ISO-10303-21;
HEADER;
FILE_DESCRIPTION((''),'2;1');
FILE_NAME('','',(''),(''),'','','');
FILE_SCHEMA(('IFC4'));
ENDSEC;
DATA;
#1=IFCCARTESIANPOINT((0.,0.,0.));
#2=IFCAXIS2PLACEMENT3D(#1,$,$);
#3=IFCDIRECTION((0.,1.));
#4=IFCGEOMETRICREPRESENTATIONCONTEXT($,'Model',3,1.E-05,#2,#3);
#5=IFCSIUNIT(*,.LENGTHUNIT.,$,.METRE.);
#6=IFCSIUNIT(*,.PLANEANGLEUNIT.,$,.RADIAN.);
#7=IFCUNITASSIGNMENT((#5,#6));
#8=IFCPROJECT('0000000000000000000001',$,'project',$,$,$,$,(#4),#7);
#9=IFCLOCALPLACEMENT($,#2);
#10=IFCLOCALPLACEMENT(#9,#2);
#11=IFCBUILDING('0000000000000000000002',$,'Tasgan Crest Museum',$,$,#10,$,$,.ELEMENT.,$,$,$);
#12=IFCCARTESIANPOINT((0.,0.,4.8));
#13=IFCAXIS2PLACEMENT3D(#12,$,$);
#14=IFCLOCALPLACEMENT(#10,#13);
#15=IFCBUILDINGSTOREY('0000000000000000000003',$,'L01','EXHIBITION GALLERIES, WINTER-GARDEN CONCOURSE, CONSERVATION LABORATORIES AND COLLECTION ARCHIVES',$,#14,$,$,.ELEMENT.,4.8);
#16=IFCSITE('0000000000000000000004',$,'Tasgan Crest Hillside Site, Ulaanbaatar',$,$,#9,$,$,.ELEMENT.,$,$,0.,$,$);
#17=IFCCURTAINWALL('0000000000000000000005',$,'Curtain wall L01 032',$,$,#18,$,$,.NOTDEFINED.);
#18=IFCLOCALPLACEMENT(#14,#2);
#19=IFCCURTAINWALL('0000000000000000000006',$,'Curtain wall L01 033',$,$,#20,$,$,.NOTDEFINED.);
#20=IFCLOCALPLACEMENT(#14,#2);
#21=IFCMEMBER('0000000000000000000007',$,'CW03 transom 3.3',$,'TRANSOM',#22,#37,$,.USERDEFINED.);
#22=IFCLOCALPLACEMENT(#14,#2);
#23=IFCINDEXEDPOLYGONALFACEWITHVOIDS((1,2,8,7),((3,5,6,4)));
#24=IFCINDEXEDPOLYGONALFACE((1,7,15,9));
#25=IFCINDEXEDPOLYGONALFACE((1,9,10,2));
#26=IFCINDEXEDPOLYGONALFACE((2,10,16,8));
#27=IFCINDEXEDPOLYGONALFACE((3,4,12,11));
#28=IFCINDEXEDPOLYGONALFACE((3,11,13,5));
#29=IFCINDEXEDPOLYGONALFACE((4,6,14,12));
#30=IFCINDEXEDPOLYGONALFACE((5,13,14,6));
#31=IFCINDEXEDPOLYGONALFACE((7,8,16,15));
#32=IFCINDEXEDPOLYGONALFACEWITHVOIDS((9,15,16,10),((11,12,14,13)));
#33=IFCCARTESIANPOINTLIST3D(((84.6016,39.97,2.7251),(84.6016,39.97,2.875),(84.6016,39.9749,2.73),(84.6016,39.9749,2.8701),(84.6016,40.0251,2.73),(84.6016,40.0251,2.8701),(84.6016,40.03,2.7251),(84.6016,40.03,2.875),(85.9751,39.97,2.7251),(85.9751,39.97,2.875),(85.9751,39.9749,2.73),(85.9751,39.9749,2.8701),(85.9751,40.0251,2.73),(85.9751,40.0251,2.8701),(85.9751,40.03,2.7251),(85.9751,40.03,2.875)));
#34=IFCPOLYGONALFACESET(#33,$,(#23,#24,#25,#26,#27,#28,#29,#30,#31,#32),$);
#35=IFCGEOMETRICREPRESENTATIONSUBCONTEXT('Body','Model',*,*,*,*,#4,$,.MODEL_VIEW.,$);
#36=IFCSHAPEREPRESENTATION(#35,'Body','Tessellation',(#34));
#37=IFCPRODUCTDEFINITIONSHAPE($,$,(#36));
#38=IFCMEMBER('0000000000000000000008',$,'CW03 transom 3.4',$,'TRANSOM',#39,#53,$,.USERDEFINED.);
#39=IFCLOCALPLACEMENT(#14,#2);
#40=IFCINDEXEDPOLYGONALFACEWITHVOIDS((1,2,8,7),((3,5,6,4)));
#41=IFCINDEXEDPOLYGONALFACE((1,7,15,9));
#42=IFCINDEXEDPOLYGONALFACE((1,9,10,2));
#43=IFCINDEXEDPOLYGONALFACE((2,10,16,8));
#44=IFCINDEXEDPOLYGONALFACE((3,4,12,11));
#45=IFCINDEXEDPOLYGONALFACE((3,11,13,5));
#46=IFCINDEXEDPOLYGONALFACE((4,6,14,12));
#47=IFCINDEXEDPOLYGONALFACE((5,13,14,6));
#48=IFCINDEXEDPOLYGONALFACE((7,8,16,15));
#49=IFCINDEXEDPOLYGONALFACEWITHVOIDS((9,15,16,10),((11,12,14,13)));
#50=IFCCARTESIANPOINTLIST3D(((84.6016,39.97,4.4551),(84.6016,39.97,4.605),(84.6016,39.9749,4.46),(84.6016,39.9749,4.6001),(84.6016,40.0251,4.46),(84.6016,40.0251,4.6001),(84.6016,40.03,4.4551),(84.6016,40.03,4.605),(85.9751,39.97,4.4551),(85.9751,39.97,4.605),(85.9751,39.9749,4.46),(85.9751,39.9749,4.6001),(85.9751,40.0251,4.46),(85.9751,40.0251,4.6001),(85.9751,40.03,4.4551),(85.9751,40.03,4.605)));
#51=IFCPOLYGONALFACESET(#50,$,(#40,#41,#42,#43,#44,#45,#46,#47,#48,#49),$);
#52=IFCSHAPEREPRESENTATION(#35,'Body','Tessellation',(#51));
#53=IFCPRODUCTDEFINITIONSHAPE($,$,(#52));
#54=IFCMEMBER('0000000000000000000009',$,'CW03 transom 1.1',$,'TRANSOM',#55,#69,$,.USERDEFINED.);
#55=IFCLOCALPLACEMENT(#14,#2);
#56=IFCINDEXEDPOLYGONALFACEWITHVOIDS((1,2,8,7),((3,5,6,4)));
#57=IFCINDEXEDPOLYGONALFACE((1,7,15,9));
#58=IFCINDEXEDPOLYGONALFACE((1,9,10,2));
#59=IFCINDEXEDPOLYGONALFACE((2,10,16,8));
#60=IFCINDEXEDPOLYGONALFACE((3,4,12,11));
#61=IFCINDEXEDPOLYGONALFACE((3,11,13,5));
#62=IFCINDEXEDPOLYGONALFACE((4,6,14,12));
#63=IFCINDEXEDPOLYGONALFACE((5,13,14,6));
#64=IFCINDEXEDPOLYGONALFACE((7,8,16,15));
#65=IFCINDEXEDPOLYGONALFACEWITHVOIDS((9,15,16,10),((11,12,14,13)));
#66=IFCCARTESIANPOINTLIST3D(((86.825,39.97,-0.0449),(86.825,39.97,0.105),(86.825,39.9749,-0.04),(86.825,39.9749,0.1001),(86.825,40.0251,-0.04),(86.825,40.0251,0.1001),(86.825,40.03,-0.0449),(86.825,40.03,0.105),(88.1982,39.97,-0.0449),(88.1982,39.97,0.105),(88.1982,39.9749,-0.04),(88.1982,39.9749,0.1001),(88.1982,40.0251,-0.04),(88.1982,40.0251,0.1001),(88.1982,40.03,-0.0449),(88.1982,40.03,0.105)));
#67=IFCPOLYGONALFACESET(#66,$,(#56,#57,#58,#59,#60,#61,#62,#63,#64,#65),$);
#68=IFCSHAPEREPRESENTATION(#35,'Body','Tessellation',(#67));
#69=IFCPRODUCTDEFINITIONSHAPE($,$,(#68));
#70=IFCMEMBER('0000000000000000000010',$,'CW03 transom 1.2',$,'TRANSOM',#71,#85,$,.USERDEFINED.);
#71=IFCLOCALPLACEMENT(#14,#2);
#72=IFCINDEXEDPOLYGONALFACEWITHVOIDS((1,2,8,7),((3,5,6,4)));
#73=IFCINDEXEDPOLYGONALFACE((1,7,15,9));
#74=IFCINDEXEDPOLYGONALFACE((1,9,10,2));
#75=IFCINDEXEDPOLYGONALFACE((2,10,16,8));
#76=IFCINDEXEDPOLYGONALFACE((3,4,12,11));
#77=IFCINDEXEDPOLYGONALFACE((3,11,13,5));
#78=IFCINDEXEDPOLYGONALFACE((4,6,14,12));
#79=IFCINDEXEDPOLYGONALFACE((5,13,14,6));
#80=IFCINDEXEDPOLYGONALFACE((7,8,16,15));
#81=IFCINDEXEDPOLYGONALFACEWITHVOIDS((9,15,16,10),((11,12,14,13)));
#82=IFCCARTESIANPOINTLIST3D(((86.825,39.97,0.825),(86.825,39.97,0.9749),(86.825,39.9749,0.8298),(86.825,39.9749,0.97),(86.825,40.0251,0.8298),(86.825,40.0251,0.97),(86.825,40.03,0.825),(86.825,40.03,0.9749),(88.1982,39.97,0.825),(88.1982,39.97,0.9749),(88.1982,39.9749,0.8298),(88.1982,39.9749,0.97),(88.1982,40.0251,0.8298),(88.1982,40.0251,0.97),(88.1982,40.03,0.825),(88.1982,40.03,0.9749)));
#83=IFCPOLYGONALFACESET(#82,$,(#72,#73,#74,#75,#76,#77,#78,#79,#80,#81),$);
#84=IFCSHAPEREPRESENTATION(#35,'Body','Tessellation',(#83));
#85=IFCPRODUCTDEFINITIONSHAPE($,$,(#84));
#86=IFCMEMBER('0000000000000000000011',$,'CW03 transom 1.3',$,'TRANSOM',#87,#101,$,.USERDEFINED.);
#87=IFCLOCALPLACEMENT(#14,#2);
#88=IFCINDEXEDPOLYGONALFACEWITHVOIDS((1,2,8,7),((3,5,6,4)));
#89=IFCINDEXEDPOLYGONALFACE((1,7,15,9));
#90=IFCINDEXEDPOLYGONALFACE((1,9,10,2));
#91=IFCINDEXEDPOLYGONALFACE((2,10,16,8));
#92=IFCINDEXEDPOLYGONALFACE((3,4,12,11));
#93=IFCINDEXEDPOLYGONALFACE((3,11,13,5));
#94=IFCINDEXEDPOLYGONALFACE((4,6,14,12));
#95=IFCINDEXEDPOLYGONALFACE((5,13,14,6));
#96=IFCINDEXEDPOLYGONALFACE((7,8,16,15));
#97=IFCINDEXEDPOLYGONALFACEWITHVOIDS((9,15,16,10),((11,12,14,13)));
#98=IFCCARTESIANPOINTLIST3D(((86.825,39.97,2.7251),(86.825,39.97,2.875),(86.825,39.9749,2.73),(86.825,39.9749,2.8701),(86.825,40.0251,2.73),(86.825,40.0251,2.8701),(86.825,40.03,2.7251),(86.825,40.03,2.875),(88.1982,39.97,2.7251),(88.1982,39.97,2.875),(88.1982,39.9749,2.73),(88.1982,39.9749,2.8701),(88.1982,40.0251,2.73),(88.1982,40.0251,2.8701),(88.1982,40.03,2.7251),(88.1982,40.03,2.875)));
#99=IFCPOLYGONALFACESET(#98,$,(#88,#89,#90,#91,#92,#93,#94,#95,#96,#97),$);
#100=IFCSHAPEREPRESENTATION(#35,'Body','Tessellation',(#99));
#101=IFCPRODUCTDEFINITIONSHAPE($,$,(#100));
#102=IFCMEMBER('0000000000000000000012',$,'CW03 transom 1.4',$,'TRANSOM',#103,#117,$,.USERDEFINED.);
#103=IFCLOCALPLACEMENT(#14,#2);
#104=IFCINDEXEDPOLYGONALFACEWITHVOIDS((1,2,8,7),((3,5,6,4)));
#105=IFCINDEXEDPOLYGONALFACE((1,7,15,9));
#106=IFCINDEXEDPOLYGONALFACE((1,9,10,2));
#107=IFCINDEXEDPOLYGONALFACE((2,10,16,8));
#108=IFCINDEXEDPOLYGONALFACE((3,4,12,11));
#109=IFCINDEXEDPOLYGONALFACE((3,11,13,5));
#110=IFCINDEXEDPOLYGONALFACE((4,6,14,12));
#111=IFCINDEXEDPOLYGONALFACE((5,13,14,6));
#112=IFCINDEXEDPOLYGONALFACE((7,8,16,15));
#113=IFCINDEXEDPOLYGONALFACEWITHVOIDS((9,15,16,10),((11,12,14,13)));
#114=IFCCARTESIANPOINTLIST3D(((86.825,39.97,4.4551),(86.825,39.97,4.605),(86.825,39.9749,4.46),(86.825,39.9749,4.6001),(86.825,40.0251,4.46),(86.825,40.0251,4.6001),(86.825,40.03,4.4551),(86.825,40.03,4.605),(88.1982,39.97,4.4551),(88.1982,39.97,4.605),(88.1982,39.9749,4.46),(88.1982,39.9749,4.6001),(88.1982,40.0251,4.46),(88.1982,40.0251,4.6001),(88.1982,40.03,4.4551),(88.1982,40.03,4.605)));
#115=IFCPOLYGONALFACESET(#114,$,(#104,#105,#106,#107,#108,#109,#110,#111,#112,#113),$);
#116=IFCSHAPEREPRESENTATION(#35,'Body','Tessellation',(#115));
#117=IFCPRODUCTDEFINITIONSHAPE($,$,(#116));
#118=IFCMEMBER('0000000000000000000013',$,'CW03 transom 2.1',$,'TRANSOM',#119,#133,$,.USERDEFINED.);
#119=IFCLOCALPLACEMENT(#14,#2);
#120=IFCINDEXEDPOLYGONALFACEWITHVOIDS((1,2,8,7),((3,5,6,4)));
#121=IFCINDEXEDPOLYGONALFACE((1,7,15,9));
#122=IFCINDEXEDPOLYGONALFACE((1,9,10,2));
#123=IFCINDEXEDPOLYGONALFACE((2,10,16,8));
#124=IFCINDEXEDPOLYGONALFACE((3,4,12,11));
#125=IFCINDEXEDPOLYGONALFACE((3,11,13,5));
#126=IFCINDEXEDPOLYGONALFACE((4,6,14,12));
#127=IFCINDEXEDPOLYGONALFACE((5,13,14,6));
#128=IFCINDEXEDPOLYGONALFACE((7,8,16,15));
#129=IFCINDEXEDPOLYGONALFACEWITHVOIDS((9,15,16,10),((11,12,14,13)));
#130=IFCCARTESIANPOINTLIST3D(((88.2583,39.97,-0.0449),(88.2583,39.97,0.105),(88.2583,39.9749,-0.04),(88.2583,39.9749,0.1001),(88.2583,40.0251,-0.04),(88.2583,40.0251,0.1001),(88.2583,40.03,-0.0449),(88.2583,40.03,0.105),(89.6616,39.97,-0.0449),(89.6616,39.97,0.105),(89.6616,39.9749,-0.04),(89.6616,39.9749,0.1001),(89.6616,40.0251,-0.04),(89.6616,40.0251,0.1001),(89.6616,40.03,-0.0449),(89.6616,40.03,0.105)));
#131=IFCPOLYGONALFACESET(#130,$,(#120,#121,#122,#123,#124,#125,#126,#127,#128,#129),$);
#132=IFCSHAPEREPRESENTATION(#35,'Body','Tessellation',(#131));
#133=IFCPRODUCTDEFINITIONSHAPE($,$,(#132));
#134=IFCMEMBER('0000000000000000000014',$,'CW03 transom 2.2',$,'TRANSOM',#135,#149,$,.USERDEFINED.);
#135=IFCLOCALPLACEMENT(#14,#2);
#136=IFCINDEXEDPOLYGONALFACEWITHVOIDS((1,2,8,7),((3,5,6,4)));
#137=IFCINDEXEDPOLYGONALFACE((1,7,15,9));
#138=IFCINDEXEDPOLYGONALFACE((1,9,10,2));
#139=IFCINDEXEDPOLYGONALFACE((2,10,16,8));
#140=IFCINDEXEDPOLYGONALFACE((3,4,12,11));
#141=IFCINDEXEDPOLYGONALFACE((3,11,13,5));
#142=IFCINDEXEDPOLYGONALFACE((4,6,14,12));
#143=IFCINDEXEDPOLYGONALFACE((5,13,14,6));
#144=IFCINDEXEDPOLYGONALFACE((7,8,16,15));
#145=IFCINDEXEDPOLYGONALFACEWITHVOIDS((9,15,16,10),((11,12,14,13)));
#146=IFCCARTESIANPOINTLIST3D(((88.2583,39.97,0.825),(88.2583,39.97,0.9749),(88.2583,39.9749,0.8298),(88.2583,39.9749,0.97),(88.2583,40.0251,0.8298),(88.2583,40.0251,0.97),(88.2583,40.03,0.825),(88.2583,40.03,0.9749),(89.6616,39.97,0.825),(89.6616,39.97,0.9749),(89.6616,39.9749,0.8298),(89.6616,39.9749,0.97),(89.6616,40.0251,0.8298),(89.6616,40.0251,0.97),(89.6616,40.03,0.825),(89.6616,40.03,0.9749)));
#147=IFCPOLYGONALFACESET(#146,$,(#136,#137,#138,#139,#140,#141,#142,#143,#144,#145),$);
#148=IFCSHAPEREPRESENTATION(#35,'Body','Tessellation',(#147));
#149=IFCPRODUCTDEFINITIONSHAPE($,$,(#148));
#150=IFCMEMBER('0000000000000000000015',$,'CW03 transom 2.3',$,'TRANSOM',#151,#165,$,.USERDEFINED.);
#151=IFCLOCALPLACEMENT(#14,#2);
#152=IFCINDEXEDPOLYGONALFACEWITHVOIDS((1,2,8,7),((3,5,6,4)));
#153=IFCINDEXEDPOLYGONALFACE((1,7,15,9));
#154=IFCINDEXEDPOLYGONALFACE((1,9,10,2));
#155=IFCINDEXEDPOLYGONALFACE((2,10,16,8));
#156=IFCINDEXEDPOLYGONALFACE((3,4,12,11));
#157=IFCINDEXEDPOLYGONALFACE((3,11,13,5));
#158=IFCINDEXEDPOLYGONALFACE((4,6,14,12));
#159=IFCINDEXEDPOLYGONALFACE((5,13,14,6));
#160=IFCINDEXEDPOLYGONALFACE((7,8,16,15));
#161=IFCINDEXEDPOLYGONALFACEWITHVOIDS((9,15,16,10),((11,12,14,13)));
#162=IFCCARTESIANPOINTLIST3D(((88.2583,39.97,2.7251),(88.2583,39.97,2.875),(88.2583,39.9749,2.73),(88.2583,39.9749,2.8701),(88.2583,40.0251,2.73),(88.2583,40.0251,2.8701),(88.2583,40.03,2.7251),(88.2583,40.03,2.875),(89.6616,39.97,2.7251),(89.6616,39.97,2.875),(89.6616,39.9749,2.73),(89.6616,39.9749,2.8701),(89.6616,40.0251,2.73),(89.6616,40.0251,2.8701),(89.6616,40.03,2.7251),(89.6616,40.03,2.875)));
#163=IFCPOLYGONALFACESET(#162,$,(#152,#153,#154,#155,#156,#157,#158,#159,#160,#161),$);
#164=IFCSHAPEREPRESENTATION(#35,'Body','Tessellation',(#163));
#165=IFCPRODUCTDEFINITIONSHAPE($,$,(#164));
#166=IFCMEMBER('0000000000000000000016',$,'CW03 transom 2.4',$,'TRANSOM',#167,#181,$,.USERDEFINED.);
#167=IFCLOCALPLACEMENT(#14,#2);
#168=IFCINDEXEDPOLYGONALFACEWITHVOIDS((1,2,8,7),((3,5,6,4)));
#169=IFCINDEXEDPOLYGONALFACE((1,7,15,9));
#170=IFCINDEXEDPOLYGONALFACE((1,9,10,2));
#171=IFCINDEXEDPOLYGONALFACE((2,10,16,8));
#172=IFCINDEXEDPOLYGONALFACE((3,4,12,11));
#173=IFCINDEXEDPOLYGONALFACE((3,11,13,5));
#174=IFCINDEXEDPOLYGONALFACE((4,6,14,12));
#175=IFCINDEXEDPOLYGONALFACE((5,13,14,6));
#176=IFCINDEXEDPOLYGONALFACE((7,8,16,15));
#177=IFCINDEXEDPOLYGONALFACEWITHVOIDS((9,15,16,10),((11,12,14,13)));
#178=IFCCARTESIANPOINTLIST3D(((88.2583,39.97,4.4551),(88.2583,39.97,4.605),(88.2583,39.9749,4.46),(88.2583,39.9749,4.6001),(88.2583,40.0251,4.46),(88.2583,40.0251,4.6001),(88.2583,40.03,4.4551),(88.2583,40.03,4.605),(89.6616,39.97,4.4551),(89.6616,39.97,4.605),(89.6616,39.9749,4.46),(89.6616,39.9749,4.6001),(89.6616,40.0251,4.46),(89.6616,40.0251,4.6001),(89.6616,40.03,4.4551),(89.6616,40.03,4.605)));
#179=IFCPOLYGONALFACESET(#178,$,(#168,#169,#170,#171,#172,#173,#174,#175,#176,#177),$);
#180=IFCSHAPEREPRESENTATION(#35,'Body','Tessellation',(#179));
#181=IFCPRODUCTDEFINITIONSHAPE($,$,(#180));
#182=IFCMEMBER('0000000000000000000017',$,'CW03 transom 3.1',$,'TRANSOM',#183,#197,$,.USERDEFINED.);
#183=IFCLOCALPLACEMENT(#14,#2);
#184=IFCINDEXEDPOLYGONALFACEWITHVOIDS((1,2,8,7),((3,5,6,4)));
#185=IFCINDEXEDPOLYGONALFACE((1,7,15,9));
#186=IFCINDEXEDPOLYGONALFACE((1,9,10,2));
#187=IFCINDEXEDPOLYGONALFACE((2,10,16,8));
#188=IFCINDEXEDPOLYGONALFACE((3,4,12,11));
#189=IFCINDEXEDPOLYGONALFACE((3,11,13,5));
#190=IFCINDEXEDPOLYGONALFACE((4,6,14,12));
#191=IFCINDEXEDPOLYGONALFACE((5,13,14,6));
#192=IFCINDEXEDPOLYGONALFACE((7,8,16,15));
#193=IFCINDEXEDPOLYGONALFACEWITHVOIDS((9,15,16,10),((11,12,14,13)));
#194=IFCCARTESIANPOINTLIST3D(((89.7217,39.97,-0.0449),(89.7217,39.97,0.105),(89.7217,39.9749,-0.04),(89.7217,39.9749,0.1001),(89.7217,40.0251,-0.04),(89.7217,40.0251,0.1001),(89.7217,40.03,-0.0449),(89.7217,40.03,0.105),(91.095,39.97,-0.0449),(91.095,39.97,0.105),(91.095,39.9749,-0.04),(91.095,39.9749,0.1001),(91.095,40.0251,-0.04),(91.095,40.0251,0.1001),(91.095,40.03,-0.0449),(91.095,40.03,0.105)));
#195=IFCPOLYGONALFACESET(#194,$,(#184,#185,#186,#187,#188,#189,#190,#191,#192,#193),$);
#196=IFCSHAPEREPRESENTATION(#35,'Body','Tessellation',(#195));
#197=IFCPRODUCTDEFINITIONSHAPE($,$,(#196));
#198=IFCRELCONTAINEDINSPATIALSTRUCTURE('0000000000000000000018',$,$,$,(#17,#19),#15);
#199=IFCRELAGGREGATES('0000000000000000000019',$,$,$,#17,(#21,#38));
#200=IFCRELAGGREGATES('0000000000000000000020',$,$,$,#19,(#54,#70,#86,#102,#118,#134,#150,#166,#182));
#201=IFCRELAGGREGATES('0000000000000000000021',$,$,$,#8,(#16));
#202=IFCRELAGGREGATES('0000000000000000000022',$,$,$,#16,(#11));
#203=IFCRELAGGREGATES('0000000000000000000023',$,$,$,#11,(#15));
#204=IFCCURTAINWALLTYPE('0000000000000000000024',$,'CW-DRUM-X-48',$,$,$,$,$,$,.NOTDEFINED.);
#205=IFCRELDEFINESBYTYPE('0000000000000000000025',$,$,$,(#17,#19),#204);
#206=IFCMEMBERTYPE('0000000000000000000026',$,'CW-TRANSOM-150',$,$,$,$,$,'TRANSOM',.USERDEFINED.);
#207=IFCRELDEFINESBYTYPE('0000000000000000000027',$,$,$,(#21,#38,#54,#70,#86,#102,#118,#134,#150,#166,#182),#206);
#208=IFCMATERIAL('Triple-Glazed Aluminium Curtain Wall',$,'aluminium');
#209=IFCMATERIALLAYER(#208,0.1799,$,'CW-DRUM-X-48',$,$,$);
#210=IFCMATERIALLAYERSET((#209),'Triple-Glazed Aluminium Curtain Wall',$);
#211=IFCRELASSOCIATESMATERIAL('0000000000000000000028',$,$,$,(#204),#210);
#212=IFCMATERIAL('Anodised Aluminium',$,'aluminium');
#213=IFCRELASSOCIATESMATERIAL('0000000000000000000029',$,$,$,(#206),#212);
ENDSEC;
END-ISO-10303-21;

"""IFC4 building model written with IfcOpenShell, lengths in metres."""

from ifc_helpers import new_model, si_unit, direction, frame, origin, origin_2d, place, context, subcontext, project, spatial, hollow_rectangle, extrude, material, layer, layer_set, material_profile, profile_set, type_object, element, aggregate, save


model = new_model("IFC4")

# Units and contexts
model_context = context("Model", 3, precision=1e-05, world=origin(), true_north=direction((0.0, 1.0)))
body_context = subcontext(model_context, "Body", "Model", "MODEL_VIEW")
ifc_project = project(units=[si_unit("LENGTHUNIT", "METRE"), si_unit("PLANEANGLEUNIT", "RADIAN")], contexts=[model_context])

# Site, building, storey
site_placement = place(None, origin())
site = spatial("IfcSite", under=ifc_project, at=site_placement, Name="Tasgan Crest Hillside Site, Ulaanbaatar", CompositionType="ELEMENT", RefElevation=0.0)
building_placement = place(site_placement, origin())
building = spatial("IfcBuilding", under=site, at=building_placement, Name="Tasgan Crest Museum", CompositionType="ELEMENT")
storey_placement = place(building_placement, frame((0.0, 0.0, 4.8)))
storey = spatial("IfcBuildingStorey", under=building, at=storey_placement, Name="L01", Description="EXHIBITION GALLERIES, WINTER-GARDEN CONCOURSE, CONSERVATION LABORATORIES AND COLLECTION ARCHIVES", CompositionType="ELEMENT", Elevation=4.8)

# Curtain wall
ifc_material_1 = material(Name="Triple-Glazed Aluminium Curtain Wall", Category="aluminium")
ifc_layer_1 = layer(ifc_material_1, 0.1799, Name="CW-DRUM-X-48")
ifc_layer_set_1 = layer_set([ifc_layer_1], Name="Triple-Glazed Aluminium Curtain Wall")
curtain_wall_type = type_object("IfcCurtainWallType", Name="CW-DRUM-X-48", PredefinedType="NOTDEFINED", material=ifc_layer_set_1)
curtain_wall_1_placement = place(storey_placement, origin())
curtain_wall_1 = element("IfcCurtainWall", 1, at=curtain_wall_1_placement, inside=storey, type_object=curtain_wall_type, Name="Curtain wall L01 032", PredefinedType="NOTDEFINED")

# Curtain wall
curtain_wall_2_placement = place(storey_placement, origin())
curtain_wall_2 = element("IfcCurtainWall", 2, at=curtain_wall_2_placement, inside=storey, type_object=curtain_wall_type, Name="Curtain wall L01 033", PredefinedType="NOTDEFINED")

# Members
ifc_material_2 = material(Name="Anodised Aluminium", Category="aluminium")
ifc_material_profile_1 = material_profile(ifc_material_2, hollow_rectangle(XDim=0.0601, YDim=0.1499, WallThickness=0.0049, at=origin_2d()), Name="ALU TRANSOM 150x60x5")
ifc_profile_set_1 = profile_set([ifc_material_profile_1], Name="Anodised Aluminium")
member_type_1 = type_object("IfcMemberType", Name="CW-TRANSOM-150", ElementType="TRANSOM", PredefinedType="USERDEFINED", material=ifc_profile_set_1)
member_1_placement = place(storey_placement, frame((84.6016, 40.0, 2.8), z_axis=(1.0, 0.0, 0.0), x_axis=(0.0, 1.0, 0.0)))
member_1 = element("IfcMember", 3, at=member_1_placement, type_object=member_type_1, Name="CW03 transom 3.3", ObjectType="TRANSOM", PredefinedType="USERDEFINED", context=body_context, shape_type="SweptSolid", body=[
    extrude(hollow_rectangle(XDim=0.0601, YDim=0.1499, WallThickness=0.0049, at=origin_2d()), origin(), (0.0, 0.0, 1.0), 1.3735),
])
member_2_placement = place(storey_placement, frame((84.6016, 40.0, 4.53), z_axis=(1.0, 0.0, 0.0), x_axis=(0.0, 1.0, 0.0)))
member_2 = element("IfcMember", 4, at=member_2_placement, type_object=member_type_1, Name="CW03 transom 3.4", ObjectType="TRANSOM", PredefinedType="USERDEFINED", context=body_context, shape_type="SweptSolid", body=[
    extrude(hollow_rectangle(XDim=0.0601, YDim=0.1499, WallThickness=0.0049, at=origin_2d()), origin(), (0.0, 0.0, 1.0), 1.3735),
])
member_3_placement = place(storey_placement, frame((86.825, 40.0, 0.03), z_axis=(1.0, 0.0, 0.0), x_axis=(0.0, 1.0, 0.0)))
member_3 = element("IfcMember", 5, at=member_3_placement, type_object=member_type_1, Name="CW03 transom 1.1", ObjectType="TRANSOM", PredefinedType="USERDEFINED", context=body_context, shape_type="SweptSolid", body=[
    extrude(hollow_rectangle(XDim=0.0601, YDim=0.1499, WallThickness=0.0049, at=origin_2d()), origin(), (0.0, 0.0, 1.0), 1.3733),
])
member_4_placement = place(storey_placement, frame((86.825, 40.0, 0.8999), z_axis=(1.0, 0.0, 0.0), x_axis=(0.0, 1.0, 0.0)))
member_4 = element("IfcMember", 6, at=member_4_placement, type_object=member_type_1, Name="CW03 transom 1.2", ObjectType="TRANSOM", PredefinedType="USERDEFINED", context=body_context, shape_type="SweptSolid", body=[
    extrude(hollow_rectangle(XDim=0.0601, YDim=0.1499, WallThickness=0.0049, at=origin_2d()), origin(), (0.0, 0.0, 1.0), 1.3733),
])
member_5_placement = place(storey_placement, frame((86.825, 40.0, 2.8), z_axis=(1.0, 0.0, 0.0), x_axis=(0.0, 1.0, 0.0)))
member_5 = element("IfcMember", 7, at=member_5_placement, type_object=member_type_1, Name="CW03 transom 1.3", ObjectType="TRANSOM", PredefinedType="USERDEFINED", context=body_context, shape_type="SweptSolid", body=[
    extrude(hollow_rectangle(XDim=0.0601, YDim=0.1499, WallThickness=0.0049, at=origin_2d()), origin(), (0.0, 0.0, 1.0), 1.3733),
])
member_6_placement = place(storey_placement, frame((86.825, 40.0, 4.53), z_axis=(1.0, 0.0, 0.0), x_axis=(0.0, 1.0, 0.0)))
member_6 = element("IfcMember", 8, at=member_6_placement, type_object=member_type_1, Name="CW03 transom 1.4", ObjectType="TRANSOM", PredefinedType="USERDEFINED", context=body_context, shape_type="SweptSolid", body=[
    extrude(hollow_rectangle(XDim=0.0601, YDim=0.1499, WallThickness=0.0049, at=origin_2d()), origin(), (0.0, 0.0, 1.0), 1.3733),
])
member_7_placement = place(storey_placement, frame((88.2583, 40.0, 0.03), z_axis=(1.0, 0.0, 0.0), x_axis=(0.0, 1.0, 0.0)))
member_7 = element("IfcMember", 9, at=member_7_placement, type_object=member_type_1, Name="CW03 transom 2.1", ObjectType="TRANSOM", PredefinedType="USERDEFINED", context=body_context, shape_type="SweptSolid", body=[
    extrude(hollow_rectangle(XDim=0.0601, YDim=0.1499, WallThickness=0.0049, at=origin_2d()), origin(), (0.0, 0.0, 1.0), 1.4033),
])
member_8_placement = place(storey_placement, frame((88.2583, 40.0, 0.8999), z_axis=(1.0, 0.0, 0.0), x_axis=(0.0, 1.0, 0.0)))
member_8 = element("IfcMember", 10, at=member_8_placement, type_object=member_type_1, Name="CW03 transom 2.2", ObjectType="TRANSOM", PredefinedType="USERDEFINED", context=body_context, shape_type="SweptSolid", body=[
    extrude(hollow_rectangle(XDim=0.0601, YDim=0.1499, WallThickness=0.0049, at=origin_2d()), origin(), (0.0, 0.0, 1.0), 1.4033),
])
member_9_placement = place(storey_placement, frame((88.2583, 40.0, 2.8), z_axis=(1.0, 0.0, 0.0), x_axis=(0.0, 1.0, 0.0)))
member_9 = element("IfcMember", 11, at=member_9_placement, type_object=member_type_1, Name="CW03 transom 2.3", ObjectType="TRANSOM", PredefinedType="USERDEFINED", context=body_context, shape_type="SweptSolid", body=[
    extrude(hollow_rectangle(XDim=0.0601, YDim=0.1499, WallThickness=0.0049, at=origin_2d()), origin(), (0.0, 0.0, 1.0), 1.4033),
])
member_10_placement = place(storey_placement, frame((88.2583, 40.0, 4.53), z_axis=(1.0, 0.0, 0.0), x_axis=(0.0, 1.0, 0.0)))
member_10 = element("IfcMember", 12, at=member_10_placement, type_object=member_type_1, Name="CW03 transom 2.4", ObjectType="TRANSOM", PredefinedType="USERDEFINED", context=body_context, shape_type="SweptSolid", body=[
    extrude(hollow_rectangle(XDim=0.0601, YDim=0.1499, WallThickness=0.0049, at=origin_2d()), origin(), (0.0, 0.0, 1.0), 1.4033),
])
member_11_placement = place(storey_placement, frame((89.7217, 40.0, 0.03), z_axis=(1.0, 0.0, 0.0), x_axis=(0.0, 1.0, 0.0)))
member_11 = element("IfcMember", 13, at=member_11_placement, type_object=member_type_1, Name="CW03 transom 3.1", ObjectType="TRANSOM", PredefinedType="USERDEFINED", context=body_context, shape_type="SweptSolid", body=[
    extrude(hollow_rectangle(XDim=0.0601, YDim=0.1499, WallThickness=0.0049, at=origin_2d()), origin(), (0.0, 0.0, 1.0), 1.3733),
])

aggregate(curtain_wall_1, [member_1, member_2])
aggregate(curtain_wall_2, [member_3, member_4, member_5, member_6, member_7, member_8, member_9, member_10, member_11])

save(model, "model.ifc")
